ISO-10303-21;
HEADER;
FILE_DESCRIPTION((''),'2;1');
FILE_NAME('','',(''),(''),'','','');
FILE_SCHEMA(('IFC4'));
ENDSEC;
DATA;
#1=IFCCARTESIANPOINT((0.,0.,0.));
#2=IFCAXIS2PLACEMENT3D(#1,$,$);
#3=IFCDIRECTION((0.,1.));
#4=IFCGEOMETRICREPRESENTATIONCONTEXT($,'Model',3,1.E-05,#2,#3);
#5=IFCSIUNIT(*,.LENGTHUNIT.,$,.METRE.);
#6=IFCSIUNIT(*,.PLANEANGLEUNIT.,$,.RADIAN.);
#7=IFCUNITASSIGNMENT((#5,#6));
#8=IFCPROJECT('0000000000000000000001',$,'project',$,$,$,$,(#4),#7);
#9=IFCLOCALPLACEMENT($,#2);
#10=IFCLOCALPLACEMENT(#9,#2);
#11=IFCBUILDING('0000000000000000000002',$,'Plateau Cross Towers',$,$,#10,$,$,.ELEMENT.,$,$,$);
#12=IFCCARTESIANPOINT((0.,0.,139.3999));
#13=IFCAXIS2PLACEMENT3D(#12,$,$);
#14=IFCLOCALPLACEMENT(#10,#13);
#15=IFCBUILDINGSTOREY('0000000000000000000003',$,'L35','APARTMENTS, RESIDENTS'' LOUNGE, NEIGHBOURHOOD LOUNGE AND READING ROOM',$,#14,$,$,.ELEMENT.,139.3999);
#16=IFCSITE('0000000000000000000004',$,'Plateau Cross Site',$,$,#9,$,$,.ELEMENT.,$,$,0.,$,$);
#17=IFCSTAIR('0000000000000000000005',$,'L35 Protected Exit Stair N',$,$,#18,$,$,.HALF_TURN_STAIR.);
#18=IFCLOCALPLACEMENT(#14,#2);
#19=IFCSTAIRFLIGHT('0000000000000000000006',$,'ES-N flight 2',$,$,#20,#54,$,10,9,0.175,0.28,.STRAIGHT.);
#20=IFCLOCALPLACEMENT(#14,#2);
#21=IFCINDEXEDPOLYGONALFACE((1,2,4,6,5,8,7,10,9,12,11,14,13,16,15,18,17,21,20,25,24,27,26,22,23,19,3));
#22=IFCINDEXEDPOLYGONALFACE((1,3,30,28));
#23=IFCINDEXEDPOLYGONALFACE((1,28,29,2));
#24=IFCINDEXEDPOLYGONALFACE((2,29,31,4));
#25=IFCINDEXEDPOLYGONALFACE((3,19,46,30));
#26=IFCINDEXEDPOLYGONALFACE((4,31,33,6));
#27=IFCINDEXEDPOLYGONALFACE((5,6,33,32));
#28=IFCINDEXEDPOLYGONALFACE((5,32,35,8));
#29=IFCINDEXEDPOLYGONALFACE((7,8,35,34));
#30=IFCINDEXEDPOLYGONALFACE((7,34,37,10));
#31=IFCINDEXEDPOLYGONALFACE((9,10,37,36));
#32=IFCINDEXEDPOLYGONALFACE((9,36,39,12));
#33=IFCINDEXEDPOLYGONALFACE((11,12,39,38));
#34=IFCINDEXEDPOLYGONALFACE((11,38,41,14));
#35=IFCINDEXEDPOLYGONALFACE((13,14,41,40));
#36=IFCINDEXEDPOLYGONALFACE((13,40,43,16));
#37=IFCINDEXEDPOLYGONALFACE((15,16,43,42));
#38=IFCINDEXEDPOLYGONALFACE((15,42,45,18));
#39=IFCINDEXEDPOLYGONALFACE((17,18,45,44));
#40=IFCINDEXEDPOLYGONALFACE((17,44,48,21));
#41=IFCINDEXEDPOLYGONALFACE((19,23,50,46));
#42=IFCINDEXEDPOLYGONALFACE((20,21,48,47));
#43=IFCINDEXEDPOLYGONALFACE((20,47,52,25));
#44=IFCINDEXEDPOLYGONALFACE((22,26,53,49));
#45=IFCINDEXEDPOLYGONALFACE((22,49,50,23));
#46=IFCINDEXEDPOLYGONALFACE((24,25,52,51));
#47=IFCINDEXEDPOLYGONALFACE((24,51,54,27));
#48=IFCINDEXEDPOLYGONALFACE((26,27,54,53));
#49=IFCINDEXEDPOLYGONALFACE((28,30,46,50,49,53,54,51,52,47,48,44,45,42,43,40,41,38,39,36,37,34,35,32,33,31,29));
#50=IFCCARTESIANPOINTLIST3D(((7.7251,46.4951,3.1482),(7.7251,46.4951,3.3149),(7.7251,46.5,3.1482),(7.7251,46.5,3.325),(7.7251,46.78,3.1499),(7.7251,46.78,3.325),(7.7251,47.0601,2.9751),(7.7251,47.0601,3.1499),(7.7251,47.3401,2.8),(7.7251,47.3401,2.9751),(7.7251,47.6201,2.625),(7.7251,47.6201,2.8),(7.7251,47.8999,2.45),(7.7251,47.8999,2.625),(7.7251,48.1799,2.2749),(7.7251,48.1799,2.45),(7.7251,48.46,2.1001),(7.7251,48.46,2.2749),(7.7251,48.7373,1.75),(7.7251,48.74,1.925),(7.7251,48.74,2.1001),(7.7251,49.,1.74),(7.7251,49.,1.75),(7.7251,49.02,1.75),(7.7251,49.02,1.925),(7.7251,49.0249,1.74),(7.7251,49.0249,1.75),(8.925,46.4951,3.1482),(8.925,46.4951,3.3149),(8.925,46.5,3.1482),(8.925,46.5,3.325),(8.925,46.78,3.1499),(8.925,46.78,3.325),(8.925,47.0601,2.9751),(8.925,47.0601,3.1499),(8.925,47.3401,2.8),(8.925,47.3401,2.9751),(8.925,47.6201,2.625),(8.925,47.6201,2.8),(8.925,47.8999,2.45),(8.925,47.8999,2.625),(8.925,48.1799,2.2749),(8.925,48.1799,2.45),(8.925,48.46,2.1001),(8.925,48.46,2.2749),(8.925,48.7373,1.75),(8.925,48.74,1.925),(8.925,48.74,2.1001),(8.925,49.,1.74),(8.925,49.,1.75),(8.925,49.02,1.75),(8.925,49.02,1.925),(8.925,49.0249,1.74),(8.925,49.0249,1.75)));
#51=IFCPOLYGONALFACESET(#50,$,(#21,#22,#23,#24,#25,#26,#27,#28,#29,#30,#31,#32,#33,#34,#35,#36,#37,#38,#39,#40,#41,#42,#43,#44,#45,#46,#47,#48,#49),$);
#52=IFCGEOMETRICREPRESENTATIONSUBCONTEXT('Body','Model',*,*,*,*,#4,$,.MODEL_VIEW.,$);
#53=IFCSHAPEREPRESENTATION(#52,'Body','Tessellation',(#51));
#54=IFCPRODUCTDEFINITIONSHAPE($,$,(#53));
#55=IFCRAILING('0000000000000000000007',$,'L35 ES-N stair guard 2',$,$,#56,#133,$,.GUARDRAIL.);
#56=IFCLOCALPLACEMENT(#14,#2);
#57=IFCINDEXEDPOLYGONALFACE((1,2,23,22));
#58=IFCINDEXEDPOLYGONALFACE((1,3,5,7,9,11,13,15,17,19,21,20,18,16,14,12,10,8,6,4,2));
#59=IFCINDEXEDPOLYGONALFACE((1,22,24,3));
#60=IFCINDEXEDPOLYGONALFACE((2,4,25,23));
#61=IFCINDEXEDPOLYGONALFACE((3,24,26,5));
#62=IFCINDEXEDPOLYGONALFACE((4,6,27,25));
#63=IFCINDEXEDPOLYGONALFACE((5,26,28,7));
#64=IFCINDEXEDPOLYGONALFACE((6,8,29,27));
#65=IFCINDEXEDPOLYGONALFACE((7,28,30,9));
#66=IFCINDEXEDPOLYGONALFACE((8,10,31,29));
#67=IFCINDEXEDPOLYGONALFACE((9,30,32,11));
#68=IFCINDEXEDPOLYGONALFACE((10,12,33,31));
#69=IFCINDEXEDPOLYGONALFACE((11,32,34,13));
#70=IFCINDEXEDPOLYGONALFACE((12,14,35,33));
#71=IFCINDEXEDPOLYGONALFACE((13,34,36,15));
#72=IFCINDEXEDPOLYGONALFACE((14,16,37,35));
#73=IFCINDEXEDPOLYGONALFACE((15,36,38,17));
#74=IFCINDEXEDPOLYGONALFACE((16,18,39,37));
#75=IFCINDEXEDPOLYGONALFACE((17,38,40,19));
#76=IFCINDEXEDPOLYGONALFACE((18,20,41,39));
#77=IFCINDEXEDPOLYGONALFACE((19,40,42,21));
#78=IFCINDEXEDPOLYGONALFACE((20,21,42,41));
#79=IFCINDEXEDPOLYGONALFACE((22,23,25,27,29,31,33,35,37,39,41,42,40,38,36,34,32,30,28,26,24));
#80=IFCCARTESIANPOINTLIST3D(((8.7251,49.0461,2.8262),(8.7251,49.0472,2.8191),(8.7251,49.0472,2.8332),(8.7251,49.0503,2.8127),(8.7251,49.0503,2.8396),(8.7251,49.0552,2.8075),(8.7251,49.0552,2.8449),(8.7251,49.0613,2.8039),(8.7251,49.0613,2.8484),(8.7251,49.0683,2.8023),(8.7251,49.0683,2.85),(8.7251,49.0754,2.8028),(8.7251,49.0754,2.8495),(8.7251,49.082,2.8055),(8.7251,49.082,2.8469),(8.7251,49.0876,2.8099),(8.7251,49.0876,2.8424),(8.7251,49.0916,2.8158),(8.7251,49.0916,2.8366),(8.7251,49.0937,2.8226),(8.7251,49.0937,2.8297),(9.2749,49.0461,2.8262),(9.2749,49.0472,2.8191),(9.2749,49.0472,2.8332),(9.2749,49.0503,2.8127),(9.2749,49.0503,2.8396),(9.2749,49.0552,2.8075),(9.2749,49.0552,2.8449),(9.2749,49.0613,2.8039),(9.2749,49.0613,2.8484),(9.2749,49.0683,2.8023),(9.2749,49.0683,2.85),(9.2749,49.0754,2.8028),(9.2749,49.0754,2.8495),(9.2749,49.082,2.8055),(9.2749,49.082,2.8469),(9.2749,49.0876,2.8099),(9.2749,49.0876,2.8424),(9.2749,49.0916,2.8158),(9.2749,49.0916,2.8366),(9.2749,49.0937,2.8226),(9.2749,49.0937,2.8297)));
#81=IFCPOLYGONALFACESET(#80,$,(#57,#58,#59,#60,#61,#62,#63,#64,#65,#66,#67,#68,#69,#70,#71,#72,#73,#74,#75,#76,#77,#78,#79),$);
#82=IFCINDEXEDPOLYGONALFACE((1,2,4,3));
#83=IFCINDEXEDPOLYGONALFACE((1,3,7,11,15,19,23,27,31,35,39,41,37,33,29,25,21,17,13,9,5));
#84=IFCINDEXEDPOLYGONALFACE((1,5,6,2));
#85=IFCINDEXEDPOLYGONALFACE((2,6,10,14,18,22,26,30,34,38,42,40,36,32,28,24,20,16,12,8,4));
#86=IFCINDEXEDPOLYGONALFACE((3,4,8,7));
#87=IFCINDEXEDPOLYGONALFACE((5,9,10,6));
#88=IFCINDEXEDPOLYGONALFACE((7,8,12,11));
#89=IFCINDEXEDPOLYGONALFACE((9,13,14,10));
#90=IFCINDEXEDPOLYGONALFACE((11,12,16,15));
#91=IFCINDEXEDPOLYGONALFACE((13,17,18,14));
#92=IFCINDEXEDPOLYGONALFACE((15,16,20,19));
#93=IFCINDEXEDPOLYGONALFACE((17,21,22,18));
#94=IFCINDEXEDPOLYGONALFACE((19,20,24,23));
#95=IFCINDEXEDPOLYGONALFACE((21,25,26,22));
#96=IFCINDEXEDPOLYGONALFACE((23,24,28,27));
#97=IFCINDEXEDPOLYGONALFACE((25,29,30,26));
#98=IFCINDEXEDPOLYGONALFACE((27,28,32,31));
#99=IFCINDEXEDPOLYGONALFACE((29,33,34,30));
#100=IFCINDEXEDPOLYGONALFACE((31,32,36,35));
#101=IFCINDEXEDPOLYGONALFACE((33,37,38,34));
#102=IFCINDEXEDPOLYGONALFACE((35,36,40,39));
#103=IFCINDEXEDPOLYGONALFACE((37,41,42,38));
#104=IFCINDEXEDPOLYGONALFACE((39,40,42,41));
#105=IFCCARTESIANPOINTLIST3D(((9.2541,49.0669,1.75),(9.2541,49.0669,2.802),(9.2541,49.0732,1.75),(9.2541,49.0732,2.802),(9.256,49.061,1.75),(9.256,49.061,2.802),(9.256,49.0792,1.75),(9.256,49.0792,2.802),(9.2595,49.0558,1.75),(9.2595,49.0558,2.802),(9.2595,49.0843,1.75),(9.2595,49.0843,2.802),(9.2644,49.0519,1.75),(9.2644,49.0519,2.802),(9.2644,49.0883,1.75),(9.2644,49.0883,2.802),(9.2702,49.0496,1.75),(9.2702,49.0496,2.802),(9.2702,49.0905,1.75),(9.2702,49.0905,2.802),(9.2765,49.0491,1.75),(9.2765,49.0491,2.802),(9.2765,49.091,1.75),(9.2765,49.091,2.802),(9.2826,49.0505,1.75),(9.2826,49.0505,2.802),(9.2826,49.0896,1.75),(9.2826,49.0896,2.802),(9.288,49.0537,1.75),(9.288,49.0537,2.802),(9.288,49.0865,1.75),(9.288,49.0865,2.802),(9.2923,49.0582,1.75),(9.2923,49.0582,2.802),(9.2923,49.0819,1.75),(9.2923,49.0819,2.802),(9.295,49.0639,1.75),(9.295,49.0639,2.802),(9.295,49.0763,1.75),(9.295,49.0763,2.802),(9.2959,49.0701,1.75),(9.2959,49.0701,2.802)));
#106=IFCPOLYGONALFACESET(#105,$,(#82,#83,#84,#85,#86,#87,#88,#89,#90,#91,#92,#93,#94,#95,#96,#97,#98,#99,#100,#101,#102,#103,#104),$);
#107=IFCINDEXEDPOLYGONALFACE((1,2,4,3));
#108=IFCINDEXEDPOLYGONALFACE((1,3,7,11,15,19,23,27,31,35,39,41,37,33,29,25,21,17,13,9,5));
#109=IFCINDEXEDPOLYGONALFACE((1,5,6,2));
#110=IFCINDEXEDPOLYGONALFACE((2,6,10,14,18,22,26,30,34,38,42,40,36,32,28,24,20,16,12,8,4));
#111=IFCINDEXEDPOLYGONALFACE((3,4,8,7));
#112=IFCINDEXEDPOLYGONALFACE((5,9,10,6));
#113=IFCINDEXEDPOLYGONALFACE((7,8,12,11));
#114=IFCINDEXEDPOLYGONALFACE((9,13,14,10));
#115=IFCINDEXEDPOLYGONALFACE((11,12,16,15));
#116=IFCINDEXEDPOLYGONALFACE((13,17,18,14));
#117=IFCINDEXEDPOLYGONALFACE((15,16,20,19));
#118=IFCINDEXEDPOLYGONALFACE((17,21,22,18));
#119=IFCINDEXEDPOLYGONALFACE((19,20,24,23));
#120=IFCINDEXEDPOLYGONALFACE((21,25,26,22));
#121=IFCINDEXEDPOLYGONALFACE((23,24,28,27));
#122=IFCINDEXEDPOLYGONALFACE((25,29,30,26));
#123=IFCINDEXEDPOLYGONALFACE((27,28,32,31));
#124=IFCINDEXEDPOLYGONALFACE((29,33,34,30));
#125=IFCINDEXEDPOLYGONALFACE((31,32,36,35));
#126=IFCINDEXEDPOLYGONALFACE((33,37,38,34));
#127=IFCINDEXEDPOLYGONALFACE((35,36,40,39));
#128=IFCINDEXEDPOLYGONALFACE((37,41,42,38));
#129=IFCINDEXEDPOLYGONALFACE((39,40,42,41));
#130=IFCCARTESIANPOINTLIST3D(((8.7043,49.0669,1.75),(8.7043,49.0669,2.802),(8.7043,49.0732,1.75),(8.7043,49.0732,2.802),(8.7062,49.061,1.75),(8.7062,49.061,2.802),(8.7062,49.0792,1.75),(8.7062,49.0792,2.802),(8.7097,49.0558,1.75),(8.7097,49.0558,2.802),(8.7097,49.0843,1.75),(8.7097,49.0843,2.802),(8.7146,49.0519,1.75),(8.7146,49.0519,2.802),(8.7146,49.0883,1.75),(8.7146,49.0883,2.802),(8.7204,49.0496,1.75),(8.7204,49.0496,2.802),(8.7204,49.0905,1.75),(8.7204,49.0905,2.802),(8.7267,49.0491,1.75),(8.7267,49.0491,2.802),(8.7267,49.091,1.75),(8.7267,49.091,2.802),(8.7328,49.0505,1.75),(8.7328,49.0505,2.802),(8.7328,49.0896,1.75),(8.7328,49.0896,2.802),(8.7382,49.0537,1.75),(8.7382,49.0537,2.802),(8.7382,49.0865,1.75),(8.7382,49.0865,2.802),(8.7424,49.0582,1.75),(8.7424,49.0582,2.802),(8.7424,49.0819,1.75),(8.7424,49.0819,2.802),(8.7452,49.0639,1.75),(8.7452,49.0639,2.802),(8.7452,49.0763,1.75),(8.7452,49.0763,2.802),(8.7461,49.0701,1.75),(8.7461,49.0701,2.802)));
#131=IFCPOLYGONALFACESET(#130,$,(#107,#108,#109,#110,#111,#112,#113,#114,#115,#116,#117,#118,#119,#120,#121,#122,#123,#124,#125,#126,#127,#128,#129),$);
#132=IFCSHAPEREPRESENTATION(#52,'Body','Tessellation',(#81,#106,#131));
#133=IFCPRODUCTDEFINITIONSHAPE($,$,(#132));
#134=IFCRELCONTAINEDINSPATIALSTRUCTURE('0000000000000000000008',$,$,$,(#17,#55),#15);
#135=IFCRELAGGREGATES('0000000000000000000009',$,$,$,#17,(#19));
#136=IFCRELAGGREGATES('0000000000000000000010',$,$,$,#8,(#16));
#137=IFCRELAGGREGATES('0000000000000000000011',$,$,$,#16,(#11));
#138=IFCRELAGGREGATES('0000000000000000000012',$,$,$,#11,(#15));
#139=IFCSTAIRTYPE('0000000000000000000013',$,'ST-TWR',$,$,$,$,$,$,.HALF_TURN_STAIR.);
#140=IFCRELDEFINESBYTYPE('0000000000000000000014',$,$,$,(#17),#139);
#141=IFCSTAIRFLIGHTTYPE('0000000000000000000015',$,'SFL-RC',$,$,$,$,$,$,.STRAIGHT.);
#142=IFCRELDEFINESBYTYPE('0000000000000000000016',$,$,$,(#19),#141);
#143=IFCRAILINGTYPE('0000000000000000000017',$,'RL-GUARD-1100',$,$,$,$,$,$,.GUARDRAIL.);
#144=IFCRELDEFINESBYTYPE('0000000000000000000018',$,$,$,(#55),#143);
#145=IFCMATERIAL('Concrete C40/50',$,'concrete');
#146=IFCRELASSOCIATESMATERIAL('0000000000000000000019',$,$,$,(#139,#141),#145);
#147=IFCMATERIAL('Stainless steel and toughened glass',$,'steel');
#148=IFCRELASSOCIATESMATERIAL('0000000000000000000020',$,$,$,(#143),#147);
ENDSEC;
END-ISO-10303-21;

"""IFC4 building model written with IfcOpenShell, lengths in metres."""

from ifc_helpers import new_model, si_unit, direction, frame, origin, origin_2d, place, context, subcontext, project, spatial, polyline, circle, outline, extrude, material, type_object, element, aggregate, save


model = new_model("IFC4")

# Units and contexts
model_context = context("Model", 3, precision=1e-05, world=origin(), true_north=direction((0.0, 1.0)))
body_context = subcontext(model_context, "Body", "Model", "MODEL_VIEW")
ifc_project = project(units=[si_unit("LENGTHUNIT", "METRE"), si_unit("PLANEANGLEUNIT", "RADIAN")], contexts=[model_context])

# Site, building, storey
site_placement = place(None, origin())
site = spatial("IfcSite", under=ifc_project, at=site_placement, Name="Plateau Cross Site", CompositionType="ELEMENT", RefElevation=0.0)
building_placement = place(site_placement, origin())
building = spatial("IfcBuilding", under=site, at=building_placement, Name="Plateau Cross Towers", CompositionType="ELEMENT")
storey_placement = place(building_placement, frame((0.0, 0.0, 139.3999)))
storey = spatial("IfcBuildingStorey", under=building, at=storey_placement, Name="L35", Description="APARTMENTS, RESIDENTS' LOUNGE, NEIGHBOURHOOD LOUNGE AND READING ROOM", CompositionType="ELEMENT", Elevation=139.3999)

# Stair, stair flight
ifc_material_1 = material(Name="Concrete C40/50", Category="concrete")
stair_type = type_object("IfcStairType", Name="ST-TWR", PredefinedType="HALF_TURN_STAIR", material=ifc_material_1)
stair_placement = place(storey_placement, origin())
stair = element("IfcStair", 1, at=stair_placement, inside=storey, type_object=stair_type, Name="L35 Protected Exit Stair N", PredefinedType="HALF_TURN_STAIR")
stair_flight_type = type_object("IfcStairFlightType", Name="SFL-RC", PredefinedType="STRAIGHT", material=ifc_material_1)
stair_flight_placement = place(storey_placement, frame((8.325, 49.02, 1.75), z_axis=(0.0, 0.0, 1.0), x_axis=(0.0, -1.0, 0.0)))
stair_flight = element("IfcStairFlight", 2, at=stair_flight_placement, type_object=stair_flight_type, Name="ES-N flight 2", NumberOfRisers=10, NumberOfTreads=9, PredefinedType="STRAIGHT", RiserHeight=0.175, TreadLength=0.28, context=body_context, shape_type="SweptSolid", body=[
    extrude(outline(polyline([(-0.0049, -0.01), (-0.0049, 0.0), (0.0, 0.0), (0.0, 0.175), (0.28, 0.175), (0.28, 0.3501), (0.5601, 0.3501), (0.5601, 0.5249), (0.8401, 0.5249), (0.8401, 0.7), (1.1201, 0.7), (1.1201, 0.875), (1.3999, 0.875), (1.3999, 1.05), (1.6799, 1.05), (1.6799, 1.2251), (1.96, 1.2251), (1.96, 1.3999), (2.24, 1.3999), (2.24, 1.575), (2.52, 1.575), (2.5249, 1.5649), (2.5249, 1.3982), (2.52, 1.3982), (0.2827, 0.0), (0.02, 0.0), (0.02, -0.01), (-0.0049, -0.01)])), frame((0.0, 0.6001, 0.0), z_axis=(0.0, -1.0, 0.0), x_axis=(1.0, 0.0, 0.0)), (0.0, 0.0, 1.0), 1.2),
])
aggregate(stair, [stair_flight])

# Railing
ifc_material_2 = material(Name="Stainless steel and toughened glass", Category="steel")
railing_type_1 = type_object("IfcRailingType", Name="RL-GUARD-1100", PredefinedType="GUARDRAIL", material=ifc_material_2)
railing_1_placement = place(storey_placement, frame((9.2749, 49.0701, 1.75)))
element("IfcRailing", 3, at=railing_1_placement, inside=storey, type_object=railing_type_1, Name="L35 ES-N stair guard 2", PredefinedType="GUARDRAIL", context=body_context, shape_type="SweptSolid", body=[
    extrude(circle(Radius=0.0239, at=origin_2d()), frame((0.0, 0.0, 1.0762), z_axis=(-1.0, 0.0, 0.0), x_axis=(0.0, -1.0, 0.0)), (0.0, 0.0, 1.0), 0.5498),
    extrude(circle(Radius=0.021, at=origin_2d()), origin(), (0.0, 0.0, 1.0), 1.052),
    extrude(circle(Radius=0.021, at=origin_2d()), frame((-0.5498, 0.0, 0.0)), (0.0, 0.0, 1.0), 1.052),
])

save(model, "model.ifc")
